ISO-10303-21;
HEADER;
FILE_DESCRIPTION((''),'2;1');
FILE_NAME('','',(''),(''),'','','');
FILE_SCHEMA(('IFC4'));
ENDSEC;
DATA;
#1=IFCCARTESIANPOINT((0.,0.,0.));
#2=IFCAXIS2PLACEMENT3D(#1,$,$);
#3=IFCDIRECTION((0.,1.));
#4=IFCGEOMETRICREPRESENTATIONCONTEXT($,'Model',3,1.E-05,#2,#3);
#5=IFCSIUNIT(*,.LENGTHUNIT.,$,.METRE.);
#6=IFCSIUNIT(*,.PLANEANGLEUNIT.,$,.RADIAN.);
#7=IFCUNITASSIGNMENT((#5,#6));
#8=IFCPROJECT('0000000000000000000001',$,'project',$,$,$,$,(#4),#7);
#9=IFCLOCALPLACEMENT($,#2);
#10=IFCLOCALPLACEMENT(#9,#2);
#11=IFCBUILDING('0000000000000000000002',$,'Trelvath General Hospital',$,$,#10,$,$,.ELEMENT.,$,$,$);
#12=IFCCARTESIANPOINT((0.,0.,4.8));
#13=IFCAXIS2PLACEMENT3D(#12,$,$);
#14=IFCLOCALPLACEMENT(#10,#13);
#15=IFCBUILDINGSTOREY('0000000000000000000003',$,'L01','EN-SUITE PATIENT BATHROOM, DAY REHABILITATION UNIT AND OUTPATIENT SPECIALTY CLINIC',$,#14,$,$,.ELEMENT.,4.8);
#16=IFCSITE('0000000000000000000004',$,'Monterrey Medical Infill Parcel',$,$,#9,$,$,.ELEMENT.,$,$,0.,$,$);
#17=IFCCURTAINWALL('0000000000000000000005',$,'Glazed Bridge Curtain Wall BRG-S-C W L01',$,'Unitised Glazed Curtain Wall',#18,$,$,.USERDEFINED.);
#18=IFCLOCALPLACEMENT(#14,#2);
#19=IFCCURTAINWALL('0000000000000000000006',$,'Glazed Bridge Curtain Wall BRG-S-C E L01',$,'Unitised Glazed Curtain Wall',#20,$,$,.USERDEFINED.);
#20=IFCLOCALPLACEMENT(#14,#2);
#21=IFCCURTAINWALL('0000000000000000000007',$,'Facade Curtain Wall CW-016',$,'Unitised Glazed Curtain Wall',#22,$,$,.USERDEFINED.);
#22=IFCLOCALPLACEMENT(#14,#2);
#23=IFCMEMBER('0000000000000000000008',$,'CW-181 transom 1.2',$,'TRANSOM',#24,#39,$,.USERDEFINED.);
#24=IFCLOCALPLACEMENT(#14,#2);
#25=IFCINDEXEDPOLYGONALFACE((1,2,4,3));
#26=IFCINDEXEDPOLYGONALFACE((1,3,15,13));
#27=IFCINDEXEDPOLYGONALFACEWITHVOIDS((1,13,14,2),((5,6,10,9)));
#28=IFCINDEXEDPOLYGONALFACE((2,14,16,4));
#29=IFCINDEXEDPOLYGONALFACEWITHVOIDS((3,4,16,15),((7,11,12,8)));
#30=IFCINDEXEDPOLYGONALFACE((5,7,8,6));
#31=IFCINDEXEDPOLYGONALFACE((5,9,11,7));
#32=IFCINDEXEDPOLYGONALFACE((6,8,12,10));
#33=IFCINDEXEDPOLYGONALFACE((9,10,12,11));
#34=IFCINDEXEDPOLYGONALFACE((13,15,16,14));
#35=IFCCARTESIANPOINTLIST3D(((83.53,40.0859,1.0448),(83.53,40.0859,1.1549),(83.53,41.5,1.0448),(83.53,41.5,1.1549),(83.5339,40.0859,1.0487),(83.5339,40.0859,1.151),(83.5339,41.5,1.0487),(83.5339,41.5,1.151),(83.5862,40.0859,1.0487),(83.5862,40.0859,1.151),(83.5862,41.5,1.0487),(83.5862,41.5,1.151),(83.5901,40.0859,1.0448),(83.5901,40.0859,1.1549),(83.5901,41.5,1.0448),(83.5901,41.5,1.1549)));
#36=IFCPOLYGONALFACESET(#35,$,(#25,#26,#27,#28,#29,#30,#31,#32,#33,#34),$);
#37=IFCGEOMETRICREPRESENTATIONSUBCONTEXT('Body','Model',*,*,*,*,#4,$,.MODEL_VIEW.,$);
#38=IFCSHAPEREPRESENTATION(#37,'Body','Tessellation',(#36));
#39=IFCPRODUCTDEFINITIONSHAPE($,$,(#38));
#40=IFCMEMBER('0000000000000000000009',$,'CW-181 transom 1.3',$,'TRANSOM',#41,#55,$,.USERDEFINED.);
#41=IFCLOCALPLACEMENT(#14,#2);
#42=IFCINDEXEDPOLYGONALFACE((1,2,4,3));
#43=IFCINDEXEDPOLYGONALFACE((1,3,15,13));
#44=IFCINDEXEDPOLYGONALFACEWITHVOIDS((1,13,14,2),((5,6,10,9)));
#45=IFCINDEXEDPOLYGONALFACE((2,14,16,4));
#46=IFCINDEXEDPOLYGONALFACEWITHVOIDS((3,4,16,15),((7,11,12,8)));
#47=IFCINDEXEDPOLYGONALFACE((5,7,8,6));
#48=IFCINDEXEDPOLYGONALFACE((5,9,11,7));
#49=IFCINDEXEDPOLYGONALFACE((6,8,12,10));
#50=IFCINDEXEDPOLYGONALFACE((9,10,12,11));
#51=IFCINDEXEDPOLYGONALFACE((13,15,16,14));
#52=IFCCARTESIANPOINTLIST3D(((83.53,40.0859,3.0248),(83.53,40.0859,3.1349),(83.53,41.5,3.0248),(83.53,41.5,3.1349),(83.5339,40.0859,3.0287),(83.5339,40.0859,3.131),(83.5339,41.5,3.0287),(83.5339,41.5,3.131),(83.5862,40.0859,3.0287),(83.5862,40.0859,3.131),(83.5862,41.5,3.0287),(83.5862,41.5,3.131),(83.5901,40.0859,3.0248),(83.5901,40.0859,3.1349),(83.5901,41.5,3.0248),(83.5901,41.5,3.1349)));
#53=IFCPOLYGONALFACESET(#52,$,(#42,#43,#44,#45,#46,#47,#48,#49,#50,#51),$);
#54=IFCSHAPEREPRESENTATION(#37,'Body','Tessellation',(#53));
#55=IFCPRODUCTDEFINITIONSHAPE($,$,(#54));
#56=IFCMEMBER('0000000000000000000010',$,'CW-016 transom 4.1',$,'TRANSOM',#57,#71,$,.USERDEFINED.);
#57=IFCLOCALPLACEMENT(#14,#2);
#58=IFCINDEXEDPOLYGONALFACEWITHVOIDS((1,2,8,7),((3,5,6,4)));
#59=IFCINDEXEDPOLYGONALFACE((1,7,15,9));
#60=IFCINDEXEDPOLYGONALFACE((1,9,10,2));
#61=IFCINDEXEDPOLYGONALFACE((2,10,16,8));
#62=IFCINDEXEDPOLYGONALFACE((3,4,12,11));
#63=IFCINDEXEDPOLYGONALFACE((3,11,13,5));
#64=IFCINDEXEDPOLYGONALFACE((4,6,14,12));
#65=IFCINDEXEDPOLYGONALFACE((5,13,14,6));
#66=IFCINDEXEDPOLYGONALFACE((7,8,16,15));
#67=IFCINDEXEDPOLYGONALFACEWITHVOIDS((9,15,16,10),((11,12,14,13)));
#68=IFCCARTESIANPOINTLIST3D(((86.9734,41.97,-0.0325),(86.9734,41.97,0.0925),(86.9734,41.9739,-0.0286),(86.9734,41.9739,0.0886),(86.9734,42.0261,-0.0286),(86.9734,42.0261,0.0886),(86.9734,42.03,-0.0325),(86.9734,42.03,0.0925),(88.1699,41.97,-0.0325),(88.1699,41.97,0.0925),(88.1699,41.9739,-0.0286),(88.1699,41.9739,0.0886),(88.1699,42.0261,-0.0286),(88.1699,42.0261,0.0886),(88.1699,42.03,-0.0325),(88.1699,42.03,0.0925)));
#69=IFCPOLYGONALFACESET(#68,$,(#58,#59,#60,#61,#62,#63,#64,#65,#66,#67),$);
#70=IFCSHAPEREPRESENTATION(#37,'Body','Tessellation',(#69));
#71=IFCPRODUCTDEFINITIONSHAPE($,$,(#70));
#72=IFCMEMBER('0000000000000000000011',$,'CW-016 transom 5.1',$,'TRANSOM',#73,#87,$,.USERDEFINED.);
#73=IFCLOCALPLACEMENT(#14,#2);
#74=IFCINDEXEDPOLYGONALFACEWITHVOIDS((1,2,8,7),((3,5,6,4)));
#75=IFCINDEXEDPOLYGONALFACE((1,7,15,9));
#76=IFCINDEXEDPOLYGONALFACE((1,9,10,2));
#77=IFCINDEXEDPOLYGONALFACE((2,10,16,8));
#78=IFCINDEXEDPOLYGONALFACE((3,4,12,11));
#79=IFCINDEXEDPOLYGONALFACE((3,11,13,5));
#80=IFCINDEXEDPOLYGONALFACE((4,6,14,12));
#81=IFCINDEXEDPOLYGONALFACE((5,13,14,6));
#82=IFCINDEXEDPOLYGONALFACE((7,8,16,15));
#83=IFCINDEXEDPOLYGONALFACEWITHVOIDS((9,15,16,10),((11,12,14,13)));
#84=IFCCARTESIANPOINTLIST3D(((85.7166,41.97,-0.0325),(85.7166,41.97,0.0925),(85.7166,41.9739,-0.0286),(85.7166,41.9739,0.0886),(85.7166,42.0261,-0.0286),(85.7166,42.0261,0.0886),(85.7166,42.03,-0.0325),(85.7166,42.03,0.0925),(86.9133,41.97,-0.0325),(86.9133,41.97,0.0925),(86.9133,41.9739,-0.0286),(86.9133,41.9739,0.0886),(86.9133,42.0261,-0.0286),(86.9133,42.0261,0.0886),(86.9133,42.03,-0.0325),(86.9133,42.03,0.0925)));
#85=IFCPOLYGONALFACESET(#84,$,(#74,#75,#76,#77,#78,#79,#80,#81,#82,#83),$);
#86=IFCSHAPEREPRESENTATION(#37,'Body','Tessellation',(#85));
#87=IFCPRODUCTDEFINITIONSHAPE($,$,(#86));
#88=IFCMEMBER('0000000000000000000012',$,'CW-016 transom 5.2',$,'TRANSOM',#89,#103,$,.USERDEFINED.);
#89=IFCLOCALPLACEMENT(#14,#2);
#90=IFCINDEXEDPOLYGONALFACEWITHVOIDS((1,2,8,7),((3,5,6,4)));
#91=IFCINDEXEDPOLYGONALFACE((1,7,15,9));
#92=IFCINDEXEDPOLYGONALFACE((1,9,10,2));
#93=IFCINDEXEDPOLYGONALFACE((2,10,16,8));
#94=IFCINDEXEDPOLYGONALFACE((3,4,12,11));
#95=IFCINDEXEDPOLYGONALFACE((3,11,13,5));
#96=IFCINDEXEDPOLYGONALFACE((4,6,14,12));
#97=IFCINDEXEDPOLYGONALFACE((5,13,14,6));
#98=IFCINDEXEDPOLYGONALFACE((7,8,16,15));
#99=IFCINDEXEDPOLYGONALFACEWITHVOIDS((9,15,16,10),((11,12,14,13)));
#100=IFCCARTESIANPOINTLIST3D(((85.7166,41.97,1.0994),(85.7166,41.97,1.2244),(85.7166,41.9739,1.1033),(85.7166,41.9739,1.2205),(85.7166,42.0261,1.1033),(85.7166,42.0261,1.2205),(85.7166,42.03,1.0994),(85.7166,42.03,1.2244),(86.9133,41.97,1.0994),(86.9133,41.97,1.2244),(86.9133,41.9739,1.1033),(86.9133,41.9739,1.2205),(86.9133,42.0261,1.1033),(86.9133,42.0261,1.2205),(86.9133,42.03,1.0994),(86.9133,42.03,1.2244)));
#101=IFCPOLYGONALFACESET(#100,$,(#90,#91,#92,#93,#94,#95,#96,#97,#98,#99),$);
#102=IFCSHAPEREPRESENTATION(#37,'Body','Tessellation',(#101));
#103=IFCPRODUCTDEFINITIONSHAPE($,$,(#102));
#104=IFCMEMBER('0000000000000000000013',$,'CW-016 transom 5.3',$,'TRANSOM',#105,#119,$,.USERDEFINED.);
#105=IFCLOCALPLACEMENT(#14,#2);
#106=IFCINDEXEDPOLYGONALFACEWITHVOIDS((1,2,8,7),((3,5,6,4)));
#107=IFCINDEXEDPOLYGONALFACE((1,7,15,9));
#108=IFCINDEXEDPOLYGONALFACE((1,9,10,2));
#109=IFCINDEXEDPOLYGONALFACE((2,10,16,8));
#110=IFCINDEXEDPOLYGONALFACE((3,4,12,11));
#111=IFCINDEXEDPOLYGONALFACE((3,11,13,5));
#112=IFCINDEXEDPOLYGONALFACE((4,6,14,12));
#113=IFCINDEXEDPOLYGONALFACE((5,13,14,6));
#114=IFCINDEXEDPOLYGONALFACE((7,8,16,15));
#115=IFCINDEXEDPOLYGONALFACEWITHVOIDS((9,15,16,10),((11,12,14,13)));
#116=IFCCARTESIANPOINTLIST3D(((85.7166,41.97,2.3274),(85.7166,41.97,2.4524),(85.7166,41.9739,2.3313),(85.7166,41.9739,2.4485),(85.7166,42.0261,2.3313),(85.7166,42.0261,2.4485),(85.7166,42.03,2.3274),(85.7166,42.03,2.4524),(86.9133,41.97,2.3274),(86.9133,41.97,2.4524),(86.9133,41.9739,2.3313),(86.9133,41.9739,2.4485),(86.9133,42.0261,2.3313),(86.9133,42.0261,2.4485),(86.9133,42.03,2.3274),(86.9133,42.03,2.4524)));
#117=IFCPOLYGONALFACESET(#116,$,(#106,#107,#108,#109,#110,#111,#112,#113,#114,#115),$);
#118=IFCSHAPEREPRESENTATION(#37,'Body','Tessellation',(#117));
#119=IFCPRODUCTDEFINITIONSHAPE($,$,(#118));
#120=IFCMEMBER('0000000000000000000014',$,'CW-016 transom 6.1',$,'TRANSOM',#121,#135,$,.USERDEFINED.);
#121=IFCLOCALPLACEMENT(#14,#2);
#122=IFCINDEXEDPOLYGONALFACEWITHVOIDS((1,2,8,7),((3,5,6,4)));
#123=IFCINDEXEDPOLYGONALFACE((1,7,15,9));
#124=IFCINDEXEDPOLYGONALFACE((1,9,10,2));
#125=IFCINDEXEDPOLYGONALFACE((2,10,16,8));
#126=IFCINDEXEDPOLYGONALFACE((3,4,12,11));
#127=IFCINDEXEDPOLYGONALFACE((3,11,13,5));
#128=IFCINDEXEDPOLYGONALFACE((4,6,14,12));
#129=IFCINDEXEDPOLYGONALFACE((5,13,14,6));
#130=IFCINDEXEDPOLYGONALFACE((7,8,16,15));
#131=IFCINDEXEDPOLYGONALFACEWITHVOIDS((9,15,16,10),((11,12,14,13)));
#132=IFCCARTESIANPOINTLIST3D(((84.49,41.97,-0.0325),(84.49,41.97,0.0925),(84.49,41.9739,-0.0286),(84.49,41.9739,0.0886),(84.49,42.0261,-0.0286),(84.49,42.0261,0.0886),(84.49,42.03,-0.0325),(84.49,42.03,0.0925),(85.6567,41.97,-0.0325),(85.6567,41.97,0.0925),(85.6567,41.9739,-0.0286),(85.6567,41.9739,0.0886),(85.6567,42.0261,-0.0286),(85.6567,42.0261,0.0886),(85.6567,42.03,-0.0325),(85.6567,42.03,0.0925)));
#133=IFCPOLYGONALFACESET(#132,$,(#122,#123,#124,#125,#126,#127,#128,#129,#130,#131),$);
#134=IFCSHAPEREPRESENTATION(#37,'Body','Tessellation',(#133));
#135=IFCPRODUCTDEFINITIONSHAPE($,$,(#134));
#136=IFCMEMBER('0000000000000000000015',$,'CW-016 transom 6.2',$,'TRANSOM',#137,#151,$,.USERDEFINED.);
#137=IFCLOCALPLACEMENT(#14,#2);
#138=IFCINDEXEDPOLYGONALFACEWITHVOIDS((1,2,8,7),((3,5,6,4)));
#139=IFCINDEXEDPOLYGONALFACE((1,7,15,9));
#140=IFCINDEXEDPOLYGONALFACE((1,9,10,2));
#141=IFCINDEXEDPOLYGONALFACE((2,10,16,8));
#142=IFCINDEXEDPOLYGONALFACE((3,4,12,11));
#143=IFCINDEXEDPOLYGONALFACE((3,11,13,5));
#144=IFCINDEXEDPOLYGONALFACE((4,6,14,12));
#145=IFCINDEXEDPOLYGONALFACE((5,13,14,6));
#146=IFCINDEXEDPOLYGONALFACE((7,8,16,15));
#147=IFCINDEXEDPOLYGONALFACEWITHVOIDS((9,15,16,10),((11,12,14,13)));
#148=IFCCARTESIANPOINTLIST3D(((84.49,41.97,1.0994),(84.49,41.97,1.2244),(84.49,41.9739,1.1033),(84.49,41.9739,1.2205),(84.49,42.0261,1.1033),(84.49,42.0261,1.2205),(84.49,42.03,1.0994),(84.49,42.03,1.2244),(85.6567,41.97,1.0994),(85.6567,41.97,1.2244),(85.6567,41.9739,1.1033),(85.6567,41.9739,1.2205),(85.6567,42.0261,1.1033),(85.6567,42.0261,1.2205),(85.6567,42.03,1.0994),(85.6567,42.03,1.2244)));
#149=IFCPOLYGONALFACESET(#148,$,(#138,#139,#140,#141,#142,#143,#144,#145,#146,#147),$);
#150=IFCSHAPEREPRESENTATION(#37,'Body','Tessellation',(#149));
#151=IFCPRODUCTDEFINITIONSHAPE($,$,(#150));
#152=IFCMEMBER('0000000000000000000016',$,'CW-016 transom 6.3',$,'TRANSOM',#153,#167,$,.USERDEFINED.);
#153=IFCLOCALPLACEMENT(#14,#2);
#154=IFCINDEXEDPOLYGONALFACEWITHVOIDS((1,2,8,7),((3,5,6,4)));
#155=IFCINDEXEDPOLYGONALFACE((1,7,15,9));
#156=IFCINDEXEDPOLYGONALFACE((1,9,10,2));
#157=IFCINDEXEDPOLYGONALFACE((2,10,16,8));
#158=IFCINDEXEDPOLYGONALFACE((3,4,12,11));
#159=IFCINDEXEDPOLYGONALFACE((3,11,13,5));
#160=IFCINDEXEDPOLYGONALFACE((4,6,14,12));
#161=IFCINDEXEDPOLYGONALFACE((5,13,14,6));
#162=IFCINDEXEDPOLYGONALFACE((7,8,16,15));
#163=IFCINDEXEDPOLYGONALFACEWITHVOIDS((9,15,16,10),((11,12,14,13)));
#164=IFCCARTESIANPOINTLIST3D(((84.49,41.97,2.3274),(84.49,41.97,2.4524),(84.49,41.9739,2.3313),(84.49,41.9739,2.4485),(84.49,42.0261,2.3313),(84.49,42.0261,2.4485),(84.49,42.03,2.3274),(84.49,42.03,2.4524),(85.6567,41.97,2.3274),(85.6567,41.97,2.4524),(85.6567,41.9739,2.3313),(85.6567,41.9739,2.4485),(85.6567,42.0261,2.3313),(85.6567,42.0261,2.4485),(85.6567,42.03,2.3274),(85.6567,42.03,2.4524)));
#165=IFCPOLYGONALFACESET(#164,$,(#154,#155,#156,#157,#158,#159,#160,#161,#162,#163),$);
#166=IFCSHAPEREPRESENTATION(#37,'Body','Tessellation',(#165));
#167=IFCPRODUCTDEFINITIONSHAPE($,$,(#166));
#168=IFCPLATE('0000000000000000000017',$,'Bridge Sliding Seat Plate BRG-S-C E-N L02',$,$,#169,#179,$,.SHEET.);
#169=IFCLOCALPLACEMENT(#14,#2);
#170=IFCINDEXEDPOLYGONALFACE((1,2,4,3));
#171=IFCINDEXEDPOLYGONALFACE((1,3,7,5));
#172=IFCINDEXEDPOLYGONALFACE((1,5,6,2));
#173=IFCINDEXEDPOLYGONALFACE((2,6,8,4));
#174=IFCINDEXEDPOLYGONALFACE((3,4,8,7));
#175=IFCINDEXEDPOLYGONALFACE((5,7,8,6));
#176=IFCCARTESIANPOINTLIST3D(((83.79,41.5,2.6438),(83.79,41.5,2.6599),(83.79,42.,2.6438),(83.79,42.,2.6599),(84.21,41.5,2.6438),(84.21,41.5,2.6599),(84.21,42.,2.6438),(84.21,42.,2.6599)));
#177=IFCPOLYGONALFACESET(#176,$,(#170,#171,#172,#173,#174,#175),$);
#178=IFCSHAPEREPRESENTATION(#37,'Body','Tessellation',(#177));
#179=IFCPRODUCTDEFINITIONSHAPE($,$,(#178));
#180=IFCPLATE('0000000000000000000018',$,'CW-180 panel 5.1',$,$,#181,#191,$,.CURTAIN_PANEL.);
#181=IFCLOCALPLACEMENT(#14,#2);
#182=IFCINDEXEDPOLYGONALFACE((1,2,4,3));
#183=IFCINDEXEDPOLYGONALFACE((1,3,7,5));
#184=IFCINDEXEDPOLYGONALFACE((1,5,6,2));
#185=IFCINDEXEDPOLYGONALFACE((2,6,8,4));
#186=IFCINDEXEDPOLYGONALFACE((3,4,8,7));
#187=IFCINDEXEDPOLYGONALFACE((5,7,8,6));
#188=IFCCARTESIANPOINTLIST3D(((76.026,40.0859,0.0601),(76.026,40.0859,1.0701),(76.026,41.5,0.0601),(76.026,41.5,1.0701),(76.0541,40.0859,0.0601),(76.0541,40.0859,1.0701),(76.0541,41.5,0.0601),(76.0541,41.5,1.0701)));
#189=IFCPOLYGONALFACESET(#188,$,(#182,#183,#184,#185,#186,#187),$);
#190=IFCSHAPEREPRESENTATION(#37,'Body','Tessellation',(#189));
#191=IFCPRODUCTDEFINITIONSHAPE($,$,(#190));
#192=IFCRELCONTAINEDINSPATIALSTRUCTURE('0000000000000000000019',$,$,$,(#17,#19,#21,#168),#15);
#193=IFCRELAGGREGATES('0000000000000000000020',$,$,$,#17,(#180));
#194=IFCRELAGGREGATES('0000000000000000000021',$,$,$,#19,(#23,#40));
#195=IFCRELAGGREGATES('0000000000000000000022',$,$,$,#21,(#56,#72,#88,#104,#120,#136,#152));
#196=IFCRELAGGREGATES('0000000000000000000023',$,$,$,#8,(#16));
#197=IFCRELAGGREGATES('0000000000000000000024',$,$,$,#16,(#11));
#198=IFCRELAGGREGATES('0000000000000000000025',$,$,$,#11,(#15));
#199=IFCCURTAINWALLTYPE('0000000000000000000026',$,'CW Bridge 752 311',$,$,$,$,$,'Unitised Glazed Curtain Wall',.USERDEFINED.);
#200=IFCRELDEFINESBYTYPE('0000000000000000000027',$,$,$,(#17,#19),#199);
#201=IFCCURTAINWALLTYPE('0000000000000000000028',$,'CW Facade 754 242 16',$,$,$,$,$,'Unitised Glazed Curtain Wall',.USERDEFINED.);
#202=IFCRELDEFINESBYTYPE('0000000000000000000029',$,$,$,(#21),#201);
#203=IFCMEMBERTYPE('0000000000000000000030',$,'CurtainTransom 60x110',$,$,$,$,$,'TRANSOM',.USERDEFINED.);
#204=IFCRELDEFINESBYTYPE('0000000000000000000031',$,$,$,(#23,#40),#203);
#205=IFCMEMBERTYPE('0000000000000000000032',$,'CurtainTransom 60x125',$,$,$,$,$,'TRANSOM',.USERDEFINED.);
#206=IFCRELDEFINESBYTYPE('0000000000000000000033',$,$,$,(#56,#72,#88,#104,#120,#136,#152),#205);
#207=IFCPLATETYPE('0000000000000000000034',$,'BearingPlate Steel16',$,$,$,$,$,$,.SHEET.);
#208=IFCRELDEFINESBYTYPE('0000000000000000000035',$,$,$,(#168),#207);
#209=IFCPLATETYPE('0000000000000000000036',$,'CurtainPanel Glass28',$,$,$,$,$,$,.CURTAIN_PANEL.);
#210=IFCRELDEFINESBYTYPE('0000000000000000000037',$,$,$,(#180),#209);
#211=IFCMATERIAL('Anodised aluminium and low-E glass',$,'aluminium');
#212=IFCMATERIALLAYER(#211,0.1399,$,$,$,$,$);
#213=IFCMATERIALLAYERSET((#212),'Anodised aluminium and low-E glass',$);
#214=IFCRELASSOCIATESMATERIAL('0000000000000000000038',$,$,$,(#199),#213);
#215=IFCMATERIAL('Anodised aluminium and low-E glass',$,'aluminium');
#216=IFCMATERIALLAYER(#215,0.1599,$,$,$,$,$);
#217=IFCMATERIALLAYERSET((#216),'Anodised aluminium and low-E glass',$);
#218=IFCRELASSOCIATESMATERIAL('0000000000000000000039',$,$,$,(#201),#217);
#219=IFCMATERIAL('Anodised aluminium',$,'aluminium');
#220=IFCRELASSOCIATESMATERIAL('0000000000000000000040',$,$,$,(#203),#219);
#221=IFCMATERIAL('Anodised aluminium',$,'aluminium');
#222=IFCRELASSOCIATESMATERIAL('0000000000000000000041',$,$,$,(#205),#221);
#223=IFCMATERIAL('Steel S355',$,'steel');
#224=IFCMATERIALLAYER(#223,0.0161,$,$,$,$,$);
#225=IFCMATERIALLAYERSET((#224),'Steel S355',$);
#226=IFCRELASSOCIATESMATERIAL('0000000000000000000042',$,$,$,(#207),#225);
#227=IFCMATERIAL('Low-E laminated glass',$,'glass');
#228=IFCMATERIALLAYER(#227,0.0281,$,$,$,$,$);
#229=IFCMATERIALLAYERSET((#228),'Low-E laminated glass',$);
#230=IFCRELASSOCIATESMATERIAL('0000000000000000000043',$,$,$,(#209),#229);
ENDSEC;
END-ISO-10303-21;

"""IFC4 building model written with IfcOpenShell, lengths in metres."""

from ifc_helpers import new_model, si_unit, direction, frame, origin, origin_2d, place, context, subcontext, project, spatial, rectangle, hollow_rectangle, extrude, material, layer, layer_set, material_profile, profile_set, type_object, element, aggregate, save


model = new_model("IFC4")

# Units and contexts
model_context = context("Model", 3, precision=1e-05, world=origin(), true_north=direction((0.0, 1.0)))
body_context = subcontext(model_context, "Body", "Model", "MODEL_VIEW")
ifc_project = project(units=[si_unit("LENGTHUNIT", "METRE"), si_unit("PLANEANGLEUNIT", "RADIAN")], contexts=[model_context])

# Site, building, storey
site_placement = place(None, origin())
site = spatial("IfcSite", under=ifc_project, at=site_placement, Name="Monterrey Medical Infill Parcel", CompositionType="ELEMENT", RefElevation=0.0)
building_placement = place(site_placement, origin())
building = spatial("IfcBuilding", under=site, at=building_placement, Name="Trelvath General Hospital", CompositionType="ELEMENT")
storey_placement = place(building_placement, frame((0.0, 0.0, 4.8)))
storey = spatial("IfcBuildingStorey", under=building, at=storey_placement, Name="L01", Description="EN-SUITE PATIENT BATHROOM, DAY REHABILITATION UNIT AND OUTPATIENT SPECIALTY CLINIC", CompositionType="ELEMENT", Elevation=4.8)

# Curtain walls
ifc_material_1 = material(Name="Anodised aluminium and low-E glass", Category="aluminium")
ifc_layer_1 = layer(ifc_material_1, 0.1399)
ifc_layer_set_1 = layer_set([ifc_layer_1], Name="Anodised aluminium and low-E glass")
curtain_wall_type_1 = type_object("IfcCurtainWallType", Name="CW Bridge 752 311", ElementType="Unitised Glazed Curtain Wall", PredefinedType="USERDEFINED", material=ifc_layer_set_1)
curtain_wall_1_placement = place(storey_placement, origin())
curtain_wall_1 = element("IfcCurtainWall", 1, at=curtain_wall_1_placement, inside=storey, type_object=curtain_wall_type_1, Name="Glazed Bridge Curtain Wall BRG-S-C W L01", ObjectType="Unitised Glazed Curtain Wall", PredefinedType="USERDEFINED")
curtain_wall_2_placement = place(storey_placement, origin())
curtain_wall_2 = element("IfcCurtainWall", 2, at=curtain_wall_2_placement, inside=storey, type_object=curtain_wall_type_1, Name="Glazed Bridge Curtain Wall BRG-S-C E L01", ObjectType="Unitised Glazed Curtain Wall", PredefinedType="USERDEFINED")

# Curtain wall
ifc_material_2 = material(Name="Anodised aluminium and low-E glass", Category="aluminium")
ifc_layer_2 = layer(ifc_material_2, 0.1599)
ifc_layer_set_2 = layer_set([ifc_layer_2], Name="Anodised aluminium and low-E glass")
curtain_wall_type_2 = type_object("IfcCurtainWallType", Name="CW Facade 754 242 16", ElementType="Unitised Glazed Curtain Wall", PredefinedType="USERDEFINED", material=ifc_layer_set_2)
curtain_wall_3_placement = place(storey_placement, origin())
curtain_wall_3 = element("IfcCurtainWall", 3, at=curtain_wall_3_placement, inside=storey, type_object=curtain_wall_type_2, Name="Facade Curtain Wall CW-016", ObjectType="Unitised Glazed Curtain Wall", PredefinedType="USERDEFINED")

# Members
ifc_material_3 = material(Name="Anodised aluminium", Category="aluminium")
ifc_material_profile_1 = material_profile(ifc_material_3, hollow_rectangle(XDim=0.0601, YDim=0.1101, WallThickness=0.0039, at=origin_2d()), Name="RHS60x110x4")
ifc_profile_set_1 = profile_set([ifc_material_profile_1], Name="Anodised aluminium")
member_type_1 = type_object("IfcMemberType", Name="CurtainTransom 60x110", ElementType="TRANSOM", PredefinedType="USERDEFINED", material=ifc_profile_set_1)
member_1_placement = place(storey_placement, frame((83.5601, 41.5, 1.0999), z_axis=(0.0, -1.0, 0.0), x_axis=(1.0, 0.0, 0.0)))
member_1 = element("IfcMember", 4, at=member_1_placement, type_object=member_type_1, Name="CW-181 transom 1.2", ObjectType="TRANSOM", PredefinedType="USERDEFINED", context=body_context, shape_type="SweptSolid", body=[
    extrude(hollow_rectangle(XDim=0.0601, YDim=0.1101, WallThickness=0.0039, at=origin_2d()), origin(), (0.0, 0.0, 1.0), 1.4141),
])
member_2_placement = place(storey_placement, frame((83.5601, 41.5, 3.0798), z_axis=(0.0, -1.0, 0.0), x_axis=(1.0, 0.0, 0.0)))
member_2 = element("IfcMember", 5, at=member_2_placement, type_object=member_type_1, Name="CW-181 transom 1.3", ObjectType="TRANSOM", PredefinedType="USERDEFINED", context=body_context, shape_type="SweptSolid", body=[
    extrude(hollow_rectangle(XDim=0.0601, YDim=0.1101, WallThickness=0.0039, at=origin_2d()), origin(), (0.0, 0.0, 1.0), 1.4141),
])
ifc_material_4 = material(Name="Anodised aluminium", Category="aluminium")
ifc_material_profile_2 = material_profile(ifc_material_4, hollow_rectangle(XDim=0.0601, YDim=0.125, WallThickness=0.0039, at=origin_2d()), Name="RHS60x125x4")
ifc_profile_set_2 = profile_set([ifc_material_profile_2], Name="Anodised aluminium")
member_type_2 = type_object("IfcMemberType", Name="CurtainTransom 60x125", ElementType="TRANSOM", PredefinedType="USERDEFINED", material=ifc_profile_set_2)
member_3_placement = place(storey_placement, frame((88.1699, 42.0, 0.03), z_axis=(-1.0, 0.0, 0.0), x_axis=(0.0, -1.0, 0.0)))
member_3 = element("IfcMember", 6, at=member_3_placement, type_object=member_type_2, Name="CW-016 transom 4.1", ObjectType="TRANSOM", PredefinedType="USERDEFINED", context=body_context, shape_type="SweptSolid", body=[
    extrude(hollow_rectangle(XDim=0.0601, YDim=0.125, WallThickness=0.0039, at=origin_2d()), origin(), (0.0, 0.0, 1.0), 1.1965),
])
member_4_placement = place(storey_placement, frame((86.9133, 42.0, 0.03), z_axis=(-1.0, 0.0, 0.0), x_axis=(0.0, -1.0, 0.0)))
member_4 = element("IfcMember", 7, at=member_4_placement, type_object=member_type_2, Name="CW-016 transom 5.1", ObjectType="TRANSOM", PredefinedType="USERDEFINED", context=body_context, shape_type="SweptSolid", body=[
    extrude(hollow_rectangle(XDim=0.0601, YDim=0.125, WallThickness=0.0039, at=origin_2d()), origin(), (0.0, 0.0, 1.0), 1.1968),
])
member_5_placement = place(storey_placement, frame((86.9133, 42.0, 1.1619), z_axis=(-1.0, 0.0, 0.0), x_axis=(0.0, -1.0, 0.0)))
member_5 = element("IfcMember", 8, at=member_5_placement, type_object=member_type_2, Name="CW-016 transom 5.2", ObjectType="TRANSOM", PredefinedType="USERDEFINED", context=body_context, shape_type="SweptSolid", body=[
    extrude(hollow_rectangle(XDim=0.0601, YDim=0.125, WallThickness=0.0039, at=origin_2d()), origin(), (0.0, 0.0, 1.0), 1.1968),
])
member_6_placement = place(storey_placement, frame((86.9133, 42.0, 2.3899), z_axis=(-1.0, 0.0, 0.0), x_axis=(0.0, -1.0, 0.0)))
member_6 = element("IfcMember", 9, at=member_6_placement, type_object=member_type_2, Name="CW-016 transom 5.3", ObjectType="TRANSOM", PredefinedType="USERDEFINED", context=body_context, shape_type="SweptSolid", body=[
    extrude(hollow_rectangle(XDim=0.0601, YDim=0.125, WallThickness=0.0039, at=origin_2d()), origin(), (0.0, 0.0, 1.0), 1.1968),
])
member_7_placement = place(storey_placement, frame((85.6567, 42.0, 0.03), z_axis=(-1.0, 0.0, 0.0), x_axis=(0.0, -1.0, 0.0)))
member_7 = element("IfcMember", 10, at=member_7_placement, type_object=member_type_2, Name="CW-016 transom 6.1", ObjectType="TRANSOM", PredefinedType="USERDEFINED", context=body_context, shape_type="SweptSolid", body=[
    extrude(hollow_rectangle(XDim=0.0601, YDim=0.125, WallThickness=0.0039, at=origin_2d()), origin(), (0.0, 0.0, 1.0), 1.1667),
])
member_8_placement = place(storey_placement, frame((85.6567, 42.0, 1.1619), z_axis=(-1.0, 0.0, 0.0), x_axis=(0.0, -1.0, 0.0)))
member_8 = element("IfcMember", 11, at=member_8_placement, type_object=member_type_2, Name="CW-016 transom 6.2", ObjectType="TRANSOM", PredefinedType="USERDEFINED", context=body_context, shape_type="SweptSolid", body=[
    extrude(hollow_rectangle(XDim=0.0601, YDim=0.125, WallThickness=0.0039, at=origin_2d()), origin(), (0.0, 0.0, 1.0), 1.1667),
])
member_9_placement = place(storey_placement, frame((85.6567, 42.0, 2.3899), z_axis=(-1.0, 0.0, 0.0), x_axis=(0.0, -1.0, 0.0)))
member_9 = element("IfcMember", 12, at=member_9_placement, type_object=member_type_2, Name="CW-016 transom 6.3", ObjectType="TRANSOM", PredefinedType="USERDEFINED", context=body_context, shape_type="SweptSolid", body=[
    extrude(hollow_rectangle(XDim=0.0601, YDim=0.125, WallThickness=0.0039, at=origin_2d()), origin(), (0.0, 0.0, 1.0), 1.1667),
])

# Plates
ifc_material_5 = material(Name="Steel S355", Category="steel")
ifc_layer_3 = layer(ifc_material_5, 0.0161)
ifc_layer_set_3 = layer_set([ifc_layer_3], Name="Steel S355")
plate_type_1 = type_object("IfcPlateType", Name="BearingPlate Steel16", PredefinedType="SHEET", material=ifc_layer_set_3)
plate_1_placement = place(storey_placement, frame((84.0, 41.75, 2.6438), z_axis=(0.0, 0.0, 1.0), x_axis=(1.0, 0.0, 0.0)))
element("IfcPlate", 13, at=plate_1_placement, inside=storey, type_object=plate_type_1, Name="Bridge Sliding Seat Plate BRG-S-C E-N L02", PredefinedType="SHEET", context=body_context, shape_type="SweptSolid", body=[
    extrude(rectangle(XDim=0.4199, YDim=0.5, at=origin_2d()), origin(), (0.0, 0.0, 1.0), 0.0161),
])
ifc_material_6 = material(Name="Low-E laminated glass", Category="glass")
ifc_layer_4 = layer(ifc_material_6, 0.0281)
ifc_layer_set_4 = layer_set([ifc_layer_4], Name="Low-E laminated glass")
plate_type_2 = type_object("IfcPlateType", Name="CurtainPanel Glass28", PredefinedType="CURTAIN_PANEL", material=ifc_layer_set_4)
plate_2_placement = place(storey_placement, frame((76.04, 40.793, 0.0601), z_axis=(0.0, 0.0, 1.0), x_axis=(0.0, 1.0, 0.0)))
plate_2 = element("IfcPlate", 14, at=plate_2_placement, type_object=plate_type_2, Name="CW-180 panel 5.1", PredefinedType="CURTAIN_PANEL", context=body_context, shape_type="SweptSolid", body=[
    extrude(rectangle(XDim=1.4141, YDim=0.0281, at=origin_2d()), origin(), (0.0, 0.0, 1.0), 1.01),
])
aggregate(curtain_wall_1, [plate_2])
aggregate(curtain_wall_2, [member_1, member_2])
aggregate(curtain_wall_3, [member_3, member_4, member_5, member_6, member_7, member_8, member_9])

save(model, "model.ifc")
